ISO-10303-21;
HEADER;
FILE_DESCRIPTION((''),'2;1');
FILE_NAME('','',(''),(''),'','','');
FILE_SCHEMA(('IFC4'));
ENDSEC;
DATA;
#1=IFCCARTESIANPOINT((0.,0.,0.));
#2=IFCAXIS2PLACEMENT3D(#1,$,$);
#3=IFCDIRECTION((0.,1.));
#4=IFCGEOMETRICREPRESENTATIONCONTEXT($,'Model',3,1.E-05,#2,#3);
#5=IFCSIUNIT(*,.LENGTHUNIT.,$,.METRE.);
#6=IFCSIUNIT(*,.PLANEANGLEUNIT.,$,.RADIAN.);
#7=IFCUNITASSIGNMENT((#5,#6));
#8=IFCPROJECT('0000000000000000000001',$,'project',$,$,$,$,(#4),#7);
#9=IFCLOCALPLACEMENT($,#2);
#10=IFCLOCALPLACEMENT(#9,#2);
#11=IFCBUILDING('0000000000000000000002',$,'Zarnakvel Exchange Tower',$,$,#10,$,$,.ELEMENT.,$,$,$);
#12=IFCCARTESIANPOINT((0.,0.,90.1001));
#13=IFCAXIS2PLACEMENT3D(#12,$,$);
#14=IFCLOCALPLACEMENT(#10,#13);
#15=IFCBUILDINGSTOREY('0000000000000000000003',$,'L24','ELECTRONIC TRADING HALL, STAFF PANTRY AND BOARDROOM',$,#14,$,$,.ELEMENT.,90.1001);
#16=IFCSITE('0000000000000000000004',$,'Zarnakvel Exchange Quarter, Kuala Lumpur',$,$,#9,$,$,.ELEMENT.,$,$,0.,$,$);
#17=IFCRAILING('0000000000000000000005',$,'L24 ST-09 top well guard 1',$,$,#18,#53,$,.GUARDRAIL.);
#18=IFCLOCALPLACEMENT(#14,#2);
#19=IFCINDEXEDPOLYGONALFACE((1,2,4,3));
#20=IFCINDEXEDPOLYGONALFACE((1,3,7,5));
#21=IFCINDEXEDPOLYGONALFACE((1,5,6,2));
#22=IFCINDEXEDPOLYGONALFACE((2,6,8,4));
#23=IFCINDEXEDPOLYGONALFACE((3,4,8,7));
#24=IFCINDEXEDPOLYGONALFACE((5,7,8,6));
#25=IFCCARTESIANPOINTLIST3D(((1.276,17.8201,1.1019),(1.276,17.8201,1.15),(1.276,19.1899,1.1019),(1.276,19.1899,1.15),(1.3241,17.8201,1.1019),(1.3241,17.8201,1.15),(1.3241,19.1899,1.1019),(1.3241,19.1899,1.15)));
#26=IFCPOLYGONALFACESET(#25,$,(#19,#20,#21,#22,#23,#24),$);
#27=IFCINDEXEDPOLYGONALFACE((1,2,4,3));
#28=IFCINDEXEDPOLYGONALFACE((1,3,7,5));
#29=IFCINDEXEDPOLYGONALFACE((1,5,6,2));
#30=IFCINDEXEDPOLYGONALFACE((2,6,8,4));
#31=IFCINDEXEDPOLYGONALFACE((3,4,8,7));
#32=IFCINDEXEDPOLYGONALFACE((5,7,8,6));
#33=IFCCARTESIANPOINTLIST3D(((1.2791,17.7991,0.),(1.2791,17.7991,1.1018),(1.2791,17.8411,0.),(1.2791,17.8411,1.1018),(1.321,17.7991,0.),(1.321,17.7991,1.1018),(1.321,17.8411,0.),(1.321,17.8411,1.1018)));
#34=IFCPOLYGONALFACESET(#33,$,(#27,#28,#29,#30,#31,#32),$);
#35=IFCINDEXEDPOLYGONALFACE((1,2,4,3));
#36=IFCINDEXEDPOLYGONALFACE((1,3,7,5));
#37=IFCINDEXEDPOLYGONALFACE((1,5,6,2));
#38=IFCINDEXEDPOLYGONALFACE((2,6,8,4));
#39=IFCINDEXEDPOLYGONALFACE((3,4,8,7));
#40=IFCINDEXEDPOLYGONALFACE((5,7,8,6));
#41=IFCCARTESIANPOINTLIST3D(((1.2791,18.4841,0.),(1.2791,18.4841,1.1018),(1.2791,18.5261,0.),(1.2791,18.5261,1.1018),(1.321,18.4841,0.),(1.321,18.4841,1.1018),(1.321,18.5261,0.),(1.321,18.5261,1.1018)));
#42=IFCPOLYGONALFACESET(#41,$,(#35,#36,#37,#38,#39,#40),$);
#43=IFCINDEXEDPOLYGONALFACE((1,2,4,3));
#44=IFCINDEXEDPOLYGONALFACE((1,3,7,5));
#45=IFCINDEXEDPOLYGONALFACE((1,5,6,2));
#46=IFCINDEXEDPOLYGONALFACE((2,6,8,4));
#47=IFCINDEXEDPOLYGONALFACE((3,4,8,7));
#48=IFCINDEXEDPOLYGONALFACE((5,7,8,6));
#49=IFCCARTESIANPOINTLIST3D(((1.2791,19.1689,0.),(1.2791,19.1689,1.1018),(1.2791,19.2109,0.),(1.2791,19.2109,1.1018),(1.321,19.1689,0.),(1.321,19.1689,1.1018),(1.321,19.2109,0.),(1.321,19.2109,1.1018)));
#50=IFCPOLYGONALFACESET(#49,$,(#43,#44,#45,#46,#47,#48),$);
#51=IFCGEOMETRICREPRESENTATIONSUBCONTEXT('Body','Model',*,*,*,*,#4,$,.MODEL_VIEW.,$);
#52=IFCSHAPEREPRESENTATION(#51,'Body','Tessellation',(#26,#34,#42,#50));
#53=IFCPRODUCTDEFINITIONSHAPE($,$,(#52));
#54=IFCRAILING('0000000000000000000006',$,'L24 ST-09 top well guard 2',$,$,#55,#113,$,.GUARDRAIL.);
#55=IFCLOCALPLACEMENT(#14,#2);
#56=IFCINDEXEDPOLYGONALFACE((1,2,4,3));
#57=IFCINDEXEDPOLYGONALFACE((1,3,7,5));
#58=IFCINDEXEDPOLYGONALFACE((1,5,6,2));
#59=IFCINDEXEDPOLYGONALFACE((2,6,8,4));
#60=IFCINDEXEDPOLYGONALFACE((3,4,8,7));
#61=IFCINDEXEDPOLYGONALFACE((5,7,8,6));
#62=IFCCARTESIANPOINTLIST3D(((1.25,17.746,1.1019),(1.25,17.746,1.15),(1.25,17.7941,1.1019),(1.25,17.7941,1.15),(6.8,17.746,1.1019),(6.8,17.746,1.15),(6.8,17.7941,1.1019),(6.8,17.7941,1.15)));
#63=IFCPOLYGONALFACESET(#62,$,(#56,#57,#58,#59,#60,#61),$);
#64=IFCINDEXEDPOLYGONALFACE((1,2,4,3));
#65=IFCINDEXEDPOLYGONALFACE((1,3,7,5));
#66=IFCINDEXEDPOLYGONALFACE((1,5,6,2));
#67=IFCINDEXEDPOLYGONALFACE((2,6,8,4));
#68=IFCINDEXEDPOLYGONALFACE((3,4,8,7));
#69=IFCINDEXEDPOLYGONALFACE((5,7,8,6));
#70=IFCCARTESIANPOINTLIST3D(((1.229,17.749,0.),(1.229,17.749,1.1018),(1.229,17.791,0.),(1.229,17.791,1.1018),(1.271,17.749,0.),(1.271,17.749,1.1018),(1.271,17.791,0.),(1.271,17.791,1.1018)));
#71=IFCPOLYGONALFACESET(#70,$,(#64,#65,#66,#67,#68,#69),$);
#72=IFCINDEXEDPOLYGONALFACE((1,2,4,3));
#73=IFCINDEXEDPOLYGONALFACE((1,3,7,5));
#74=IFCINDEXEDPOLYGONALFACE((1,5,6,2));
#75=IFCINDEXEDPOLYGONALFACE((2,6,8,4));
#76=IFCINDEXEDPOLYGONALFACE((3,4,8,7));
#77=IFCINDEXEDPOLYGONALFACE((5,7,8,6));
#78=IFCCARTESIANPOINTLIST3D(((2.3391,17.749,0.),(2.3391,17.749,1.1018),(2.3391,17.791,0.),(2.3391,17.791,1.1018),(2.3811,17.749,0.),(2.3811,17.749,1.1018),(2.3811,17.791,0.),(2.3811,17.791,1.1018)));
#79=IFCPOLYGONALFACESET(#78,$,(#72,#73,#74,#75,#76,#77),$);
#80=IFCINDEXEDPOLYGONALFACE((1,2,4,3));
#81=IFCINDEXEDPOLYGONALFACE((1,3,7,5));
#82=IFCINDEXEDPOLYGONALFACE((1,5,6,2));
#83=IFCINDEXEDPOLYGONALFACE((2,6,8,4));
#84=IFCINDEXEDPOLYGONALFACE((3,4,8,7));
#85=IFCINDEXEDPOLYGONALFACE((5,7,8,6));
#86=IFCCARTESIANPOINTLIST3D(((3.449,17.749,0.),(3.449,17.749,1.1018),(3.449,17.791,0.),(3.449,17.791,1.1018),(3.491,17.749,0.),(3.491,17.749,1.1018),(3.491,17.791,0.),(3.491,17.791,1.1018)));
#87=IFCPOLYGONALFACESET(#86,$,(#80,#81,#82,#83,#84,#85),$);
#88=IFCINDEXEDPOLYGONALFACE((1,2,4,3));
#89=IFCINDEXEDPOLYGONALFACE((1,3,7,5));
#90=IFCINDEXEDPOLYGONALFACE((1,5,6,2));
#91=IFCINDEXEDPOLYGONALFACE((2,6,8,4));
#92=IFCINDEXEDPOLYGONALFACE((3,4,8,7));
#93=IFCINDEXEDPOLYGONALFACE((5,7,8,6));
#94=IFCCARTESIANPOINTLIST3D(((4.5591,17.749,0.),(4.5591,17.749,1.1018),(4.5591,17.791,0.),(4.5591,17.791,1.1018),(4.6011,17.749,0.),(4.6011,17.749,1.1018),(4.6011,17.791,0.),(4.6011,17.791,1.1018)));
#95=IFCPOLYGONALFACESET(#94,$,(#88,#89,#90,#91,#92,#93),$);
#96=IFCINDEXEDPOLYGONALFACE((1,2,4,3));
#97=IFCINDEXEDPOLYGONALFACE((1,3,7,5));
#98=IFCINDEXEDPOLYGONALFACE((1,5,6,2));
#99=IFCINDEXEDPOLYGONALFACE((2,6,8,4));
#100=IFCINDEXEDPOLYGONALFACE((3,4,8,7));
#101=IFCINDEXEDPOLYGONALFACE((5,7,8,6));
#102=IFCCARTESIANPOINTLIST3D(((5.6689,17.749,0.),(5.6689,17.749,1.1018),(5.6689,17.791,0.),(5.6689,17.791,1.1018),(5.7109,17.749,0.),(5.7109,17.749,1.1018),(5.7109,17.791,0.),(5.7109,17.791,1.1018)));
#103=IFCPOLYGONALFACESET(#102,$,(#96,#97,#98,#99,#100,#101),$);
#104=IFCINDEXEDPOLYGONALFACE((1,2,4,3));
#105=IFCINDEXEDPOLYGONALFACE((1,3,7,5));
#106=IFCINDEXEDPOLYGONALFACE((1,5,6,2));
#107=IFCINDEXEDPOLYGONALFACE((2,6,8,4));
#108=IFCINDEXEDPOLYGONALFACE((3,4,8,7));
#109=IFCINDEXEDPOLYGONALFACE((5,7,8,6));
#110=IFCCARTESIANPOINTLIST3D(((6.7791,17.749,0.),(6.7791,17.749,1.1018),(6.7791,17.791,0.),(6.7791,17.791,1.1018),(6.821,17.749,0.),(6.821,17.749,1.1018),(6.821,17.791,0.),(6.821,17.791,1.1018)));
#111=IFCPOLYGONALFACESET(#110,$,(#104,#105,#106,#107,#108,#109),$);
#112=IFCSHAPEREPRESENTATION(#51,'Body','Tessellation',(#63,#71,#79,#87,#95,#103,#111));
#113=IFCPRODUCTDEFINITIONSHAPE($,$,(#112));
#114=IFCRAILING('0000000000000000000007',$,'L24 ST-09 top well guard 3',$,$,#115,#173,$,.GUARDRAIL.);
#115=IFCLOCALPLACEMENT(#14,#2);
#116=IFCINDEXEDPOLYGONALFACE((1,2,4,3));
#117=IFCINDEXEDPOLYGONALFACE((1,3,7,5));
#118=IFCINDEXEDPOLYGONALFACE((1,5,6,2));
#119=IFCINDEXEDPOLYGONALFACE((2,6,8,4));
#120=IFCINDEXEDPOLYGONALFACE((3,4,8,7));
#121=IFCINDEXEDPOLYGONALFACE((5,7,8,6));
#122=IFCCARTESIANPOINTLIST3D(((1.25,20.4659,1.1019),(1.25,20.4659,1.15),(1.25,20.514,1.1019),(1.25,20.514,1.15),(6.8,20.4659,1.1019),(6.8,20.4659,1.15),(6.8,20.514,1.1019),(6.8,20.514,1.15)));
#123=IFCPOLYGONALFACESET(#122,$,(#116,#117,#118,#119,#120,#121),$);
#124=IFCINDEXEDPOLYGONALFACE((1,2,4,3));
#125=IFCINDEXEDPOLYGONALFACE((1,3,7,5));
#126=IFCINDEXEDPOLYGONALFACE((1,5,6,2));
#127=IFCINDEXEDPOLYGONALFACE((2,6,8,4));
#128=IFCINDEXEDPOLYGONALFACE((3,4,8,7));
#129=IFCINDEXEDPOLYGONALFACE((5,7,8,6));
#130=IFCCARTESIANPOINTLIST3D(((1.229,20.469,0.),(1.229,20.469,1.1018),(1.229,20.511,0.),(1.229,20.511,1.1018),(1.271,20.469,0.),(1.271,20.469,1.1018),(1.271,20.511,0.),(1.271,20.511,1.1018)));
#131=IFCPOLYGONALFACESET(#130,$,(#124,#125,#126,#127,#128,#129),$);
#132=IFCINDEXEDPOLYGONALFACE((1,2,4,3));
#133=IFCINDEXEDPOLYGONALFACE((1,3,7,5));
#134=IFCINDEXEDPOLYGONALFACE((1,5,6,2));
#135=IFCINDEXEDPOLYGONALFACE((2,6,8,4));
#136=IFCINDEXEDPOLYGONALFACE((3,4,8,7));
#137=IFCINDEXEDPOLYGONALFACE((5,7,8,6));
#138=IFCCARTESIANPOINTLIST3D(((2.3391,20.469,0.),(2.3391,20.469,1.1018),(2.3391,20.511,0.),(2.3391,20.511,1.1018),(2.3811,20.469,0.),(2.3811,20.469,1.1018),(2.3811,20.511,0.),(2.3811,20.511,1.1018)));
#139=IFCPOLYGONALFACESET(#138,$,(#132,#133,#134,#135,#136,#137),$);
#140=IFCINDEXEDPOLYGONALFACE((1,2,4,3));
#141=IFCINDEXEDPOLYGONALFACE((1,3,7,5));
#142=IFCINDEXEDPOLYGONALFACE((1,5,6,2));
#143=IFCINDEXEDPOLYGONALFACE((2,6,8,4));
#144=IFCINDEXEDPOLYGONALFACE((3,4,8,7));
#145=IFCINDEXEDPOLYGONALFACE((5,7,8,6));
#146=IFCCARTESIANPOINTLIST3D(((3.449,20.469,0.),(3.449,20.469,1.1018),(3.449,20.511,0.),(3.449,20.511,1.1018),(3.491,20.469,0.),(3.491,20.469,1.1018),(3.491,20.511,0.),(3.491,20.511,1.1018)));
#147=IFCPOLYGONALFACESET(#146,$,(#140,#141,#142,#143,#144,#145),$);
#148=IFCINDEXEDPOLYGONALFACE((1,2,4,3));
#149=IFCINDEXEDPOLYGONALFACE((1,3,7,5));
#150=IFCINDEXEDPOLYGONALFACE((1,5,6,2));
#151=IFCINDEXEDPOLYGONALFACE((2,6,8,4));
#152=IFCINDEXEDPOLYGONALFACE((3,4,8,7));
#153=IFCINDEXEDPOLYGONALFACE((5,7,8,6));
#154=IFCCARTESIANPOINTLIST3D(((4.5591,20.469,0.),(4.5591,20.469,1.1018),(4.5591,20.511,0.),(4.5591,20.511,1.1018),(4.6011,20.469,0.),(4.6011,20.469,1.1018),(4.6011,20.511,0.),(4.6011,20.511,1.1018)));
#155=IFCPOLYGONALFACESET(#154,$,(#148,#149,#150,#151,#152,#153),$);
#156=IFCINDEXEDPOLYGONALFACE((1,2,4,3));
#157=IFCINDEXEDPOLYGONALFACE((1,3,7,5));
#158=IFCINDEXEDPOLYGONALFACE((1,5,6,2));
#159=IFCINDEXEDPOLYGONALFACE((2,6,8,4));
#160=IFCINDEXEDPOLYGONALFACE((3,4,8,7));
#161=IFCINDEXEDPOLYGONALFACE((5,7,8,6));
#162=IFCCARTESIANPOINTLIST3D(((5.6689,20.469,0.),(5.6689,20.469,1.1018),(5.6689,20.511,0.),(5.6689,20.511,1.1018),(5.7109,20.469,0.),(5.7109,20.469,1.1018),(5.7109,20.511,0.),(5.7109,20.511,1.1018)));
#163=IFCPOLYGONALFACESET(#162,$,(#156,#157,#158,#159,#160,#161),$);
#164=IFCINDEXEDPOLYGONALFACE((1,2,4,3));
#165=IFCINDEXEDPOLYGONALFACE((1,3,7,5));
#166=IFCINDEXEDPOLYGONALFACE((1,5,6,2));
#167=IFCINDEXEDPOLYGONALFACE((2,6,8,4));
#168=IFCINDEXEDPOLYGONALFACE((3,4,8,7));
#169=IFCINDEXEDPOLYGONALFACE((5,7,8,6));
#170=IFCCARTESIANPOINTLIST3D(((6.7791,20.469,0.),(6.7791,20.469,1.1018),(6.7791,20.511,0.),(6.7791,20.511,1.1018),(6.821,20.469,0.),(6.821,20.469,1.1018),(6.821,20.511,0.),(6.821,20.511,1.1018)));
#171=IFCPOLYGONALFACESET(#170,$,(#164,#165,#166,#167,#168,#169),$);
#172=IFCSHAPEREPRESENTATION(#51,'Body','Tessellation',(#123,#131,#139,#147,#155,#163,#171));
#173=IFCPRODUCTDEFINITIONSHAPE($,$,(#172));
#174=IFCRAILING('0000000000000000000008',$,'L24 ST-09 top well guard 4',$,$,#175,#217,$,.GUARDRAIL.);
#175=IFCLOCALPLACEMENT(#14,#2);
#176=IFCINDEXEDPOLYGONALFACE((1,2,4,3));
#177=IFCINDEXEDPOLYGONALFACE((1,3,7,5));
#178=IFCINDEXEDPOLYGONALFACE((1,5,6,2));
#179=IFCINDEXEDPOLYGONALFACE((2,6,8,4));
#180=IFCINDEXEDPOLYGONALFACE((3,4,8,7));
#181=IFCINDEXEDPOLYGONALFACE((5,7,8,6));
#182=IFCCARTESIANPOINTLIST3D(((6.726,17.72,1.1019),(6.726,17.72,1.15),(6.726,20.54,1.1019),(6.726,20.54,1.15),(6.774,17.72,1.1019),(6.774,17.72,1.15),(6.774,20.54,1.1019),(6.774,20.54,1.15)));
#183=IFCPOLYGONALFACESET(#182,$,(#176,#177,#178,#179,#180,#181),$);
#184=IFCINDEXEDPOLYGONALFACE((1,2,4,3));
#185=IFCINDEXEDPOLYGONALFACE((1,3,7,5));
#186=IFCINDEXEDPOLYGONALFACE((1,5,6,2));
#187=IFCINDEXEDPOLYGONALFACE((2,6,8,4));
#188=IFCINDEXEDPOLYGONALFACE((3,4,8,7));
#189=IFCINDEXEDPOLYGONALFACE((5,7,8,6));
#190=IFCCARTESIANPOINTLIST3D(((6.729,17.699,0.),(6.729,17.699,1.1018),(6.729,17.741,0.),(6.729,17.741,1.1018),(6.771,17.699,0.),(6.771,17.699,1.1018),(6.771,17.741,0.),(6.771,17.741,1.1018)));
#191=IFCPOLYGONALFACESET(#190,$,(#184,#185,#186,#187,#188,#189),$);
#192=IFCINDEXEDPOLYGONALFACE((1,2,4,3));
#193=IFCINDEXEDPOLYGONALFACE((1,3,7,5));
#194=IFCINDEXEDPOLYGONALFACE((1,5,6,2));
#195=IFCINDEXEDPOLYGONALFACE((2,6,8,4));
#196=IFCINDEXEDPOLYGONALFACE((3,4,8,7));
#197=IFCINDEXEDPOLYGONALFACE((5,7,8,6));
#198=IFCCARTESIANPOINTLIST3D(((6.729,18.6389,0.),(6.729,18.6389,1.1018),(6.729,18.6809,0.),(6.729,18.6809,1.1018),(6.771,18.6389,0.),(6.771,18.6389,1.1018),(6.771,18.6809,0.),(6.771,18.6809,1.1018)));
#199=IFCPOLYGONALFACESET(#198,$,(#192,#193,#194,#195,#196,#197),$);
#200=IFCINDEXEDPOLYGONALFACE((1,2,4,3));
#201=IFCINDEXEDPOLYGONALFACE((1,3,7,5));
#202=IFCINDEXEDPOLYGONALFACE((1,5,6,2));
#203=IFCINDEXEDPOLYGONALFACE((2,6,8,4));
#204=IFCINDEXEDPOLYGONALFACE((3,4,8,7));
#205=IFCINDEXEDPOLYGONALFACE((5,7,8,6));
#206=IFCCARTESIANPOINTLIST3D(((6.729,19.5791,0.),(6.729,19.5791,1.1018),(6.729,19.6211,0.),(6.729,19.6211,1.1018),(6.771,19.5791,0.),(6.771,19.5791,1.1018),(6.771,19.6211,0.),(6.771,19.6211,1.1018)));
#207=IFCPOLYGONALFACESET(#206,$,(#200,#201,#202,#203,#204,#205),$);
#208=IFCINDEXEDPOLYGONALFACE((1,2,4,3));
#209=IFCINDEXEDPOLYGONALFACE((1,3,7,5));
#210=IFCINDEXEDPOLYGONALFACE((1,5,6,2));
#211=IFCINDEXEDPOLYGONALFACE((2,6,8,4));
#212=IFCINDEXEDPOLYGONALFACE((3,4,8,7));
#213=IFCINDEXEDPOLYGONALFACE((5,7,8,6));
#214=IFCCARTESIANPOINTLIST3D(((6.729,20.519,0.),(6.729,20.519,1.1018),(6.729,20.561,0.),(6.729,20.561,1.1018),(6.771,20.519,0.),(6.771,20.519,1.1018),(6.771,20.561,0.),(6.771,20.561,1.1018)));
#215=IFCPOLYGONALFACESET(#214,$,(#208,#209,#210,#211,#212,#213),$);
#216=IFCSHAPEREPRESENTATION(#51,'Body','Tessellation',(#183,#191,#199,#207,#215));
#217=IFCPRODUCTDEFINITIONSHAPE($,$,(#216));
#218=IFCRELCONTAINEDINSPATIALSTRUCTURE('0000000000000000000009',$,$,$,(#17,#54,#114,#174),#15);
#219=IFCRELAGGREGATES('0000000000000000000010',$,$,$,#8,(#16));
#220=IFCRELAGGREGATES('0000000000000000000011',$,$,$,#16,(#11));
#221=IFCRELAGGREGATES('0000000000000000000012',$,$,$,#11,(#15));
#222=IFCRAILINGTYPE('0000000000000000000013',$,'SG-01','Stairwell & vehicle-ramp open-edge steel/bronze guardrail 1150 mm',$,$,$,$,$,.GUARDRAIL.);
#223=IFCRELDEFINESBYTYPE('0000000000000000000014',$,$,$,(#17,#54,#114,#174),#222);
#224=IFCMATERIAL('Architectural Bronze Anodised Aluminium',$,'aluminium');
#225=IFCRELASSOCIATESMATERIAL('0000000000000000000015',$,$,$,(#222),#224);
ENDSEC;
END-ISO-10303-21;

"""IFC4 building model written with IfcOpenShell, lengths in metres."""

from ifc_helpers import new_model, si_unit, direction, frame, origin, origin_2d, place, context, subcontext, project, spatial, rectangle, extrude, material, type_object, element, save


model = new_model("IFC4")

# Units and contexts
model_context = context("Model", 3, precision=1e-05, world=origin(), true_north=direction((0.0, 1.0)))
body_context = subcontext(model_context, "Body", "Model", "MODEL_VIEW")
ifc_project = project(units=[si_unit("LENGTHUNIT", "METRE"), si_unit("PLANEANGLEUNIT", "RADIAN")], contexts=[model_context])

# Site, building, storey
site_placement = place(None, origin())
site = spatial("IfcSite", under=ifc_project, at=site_placement, Name="Zarnakvel Exchange Quarter, Kuala Lumpur", CompositionType="ELEMENT", RefElevation=0.0)
building_placement = place(site_placement, origin())
building = spatial("IfcBuilding", under=site, at=building_placement, Name="Zarnakvel Exchange Tower", CompositionType="ELEMENT")
storey_placement = place(building_placement, frame((0.0, 0.0, 90.1001)))
storey = spatial("IfcBuildingStorey", under=building, at=storey_placement, Name="L24", Description="ELECTRONIC TRADING HALL, STAFF PANTRY AND BOARDROOM", CompositionType="ELEMENT", Elevation=90.1001)

# Railings
ifc_material_1 = material(Name="Architectural Bronze Anodised Aluminium", Category="aluminium")
railing_type_1 = type_object("IfcRailingType", Name="SG-01", Description="Stairwell & vehicle-ramp open-edge steel/bronze guardrail 1150 mm", PredefinedType="GUARDRAIL", material=ifc_material_1)
railing_1_placement = place(storey_placement, frame((1.3, 17.8201, 0.0)))
element("IfcRailing", 1, at=railing_1_placement, inside=storey, type_object=railing_type_1, Name="L24 ST-09 top well guard 1", PredefinedType="GUARDRAIL", context=body_context, shape_type="SweptSolid", body=[
    extrude(rectangle(XDim=0.0481, YDim=0.0481, at=origin_2d()), frame((0.0, 0.0, 1.126), z_axis=(0.0, 1.0, 0.0), x_axis=(-1.0, 0.0, 0.0)), (0.0, 0.0, 1.0), 1.3699),
    extrude(rectangle(XDim=0.042, YDim=0.042, at=origin_2d()), origin(), (0.0, 0.0, 1.0), 1.1018),
    extrude(rectangle(XDim=0.042, YDim=0.042, at=origin_2d()), frame((0.0, 0.6851, 0.0)), (0.0, 0.0, 1.0), 1.1018),
    extrude(rectangle(XDim=0.042, YDim=0.042, at=origin_2d()), frame((0.0, 1.3699, 0.0)), (0.0, 0.0, 1.0), 1.1018),
])
for number, where, name in (
    (2, (1.25, 17.77, 0.0), "L24 ST-09 top well guard 2"),
    (3, (1.25, 20.49, 0.0), "L24 ST-09 top well guard 3"),
):
    element("IfcRailing", number, at=place(storey_placement, frame(where)), inside=storey, type_object=railing_type_1, Name=name, PredefinedType="GUARDRAIL", context=body_context, shape_type="SweptSolid", body=[
        extrude(rectangle(XDim=0.0481, YDim=0.0481, at=origin_2d()), frame((0.0, 0.0, 1.126), z_axis=(1.0, 0.0, 0.0), x_axis=(0.0, 1.0, 0.0)), (0.0, 0.0, 1.0), 5.55),
        extrude(rectangle(XDim=0.042, YDim=0.042, at=origin_2d()), origin(), (0.0, 0.0, 1.0), 1.1018),
        extrude(rectangle(XDim=0.042, YDim=0.042, at=origin_2d()), frame((1.1101, 0.0, 0.0)), (0.0, 0.0, 1.0), 1.1018),
        extrude(rectangle(XDim=0.042, YDim=0.042, at=origin_2d()), frame((2.22, 0.0, 0.0)), (0.0, 0.0, 1.0), 1.1018),
        extrude(rectangle(XDim=0.042, YDim=0.042, at=origin_2d()), frame((3.3301, 0.0, 0.0)), (0.0, 0.0, 1.0), 1.1018),
        extrude(rectangle(XDim=0.042, YDim=0.042, at=origin_2d()), frame((4.4399, 0.0, 0.0)), (0.0, 0.0, 1.0), 1.1018),
        extrude(rectangle(XDim=0.042, YDim=0.042, at=origin_2d()), frame((5.55, 0.0, 0.0)), (0.0, 0.0, 1.0), 1.1018),
    ])
railing_2_placement = place(storey_placement, frame((6.75, 17.72, 0.0)))
element("IfcRailing", 4, at=railing_2_placement, inside=storey, type_object=railing_type_1, Name="L24 ST-09 top well guard 4", PredefinedType="GUARDRAIL", context=body_context, shape_type="SweptSolid", body=[
    extrude(rectangle(XDim=0.0481, YDim=0.0481, at=origin_2d()), frame((0.0, 0.0, 1.126), z_axis=(0.0, 1.0, 0.0), x_axis=(-1.0, 0.0, 0.0)), (0.0, 0.0, 1.0), 2.8201),
    extrude(rectangle(XDim=0.042, YDim=0.042, at=origin_2d()), origin(), (0.0, 0.0, 1.0), 1.1018),
    extrude(rectangle(XDim=0.042, YDim=0.042, at=origin_2d()), frame((0.0, 0.9399, 0.0)), (0.0, 0.0, 1.0), 1.1018),
    extrude(rectangle(XDim=0.042, YDim=0.042, at=origin_2d()), frame((0.0, 1.8801, 0.0)), (0.0, 0.0, 1.0), 1.1018),
    extrude(rectangle(XDim=0.042, YDim=0.042, at=origin_2d()), frame((0.0, 2.8201, 0.0)), (0.0, 0.0, 1.0), 1.1018),
])

save(model, "model.ifc")
